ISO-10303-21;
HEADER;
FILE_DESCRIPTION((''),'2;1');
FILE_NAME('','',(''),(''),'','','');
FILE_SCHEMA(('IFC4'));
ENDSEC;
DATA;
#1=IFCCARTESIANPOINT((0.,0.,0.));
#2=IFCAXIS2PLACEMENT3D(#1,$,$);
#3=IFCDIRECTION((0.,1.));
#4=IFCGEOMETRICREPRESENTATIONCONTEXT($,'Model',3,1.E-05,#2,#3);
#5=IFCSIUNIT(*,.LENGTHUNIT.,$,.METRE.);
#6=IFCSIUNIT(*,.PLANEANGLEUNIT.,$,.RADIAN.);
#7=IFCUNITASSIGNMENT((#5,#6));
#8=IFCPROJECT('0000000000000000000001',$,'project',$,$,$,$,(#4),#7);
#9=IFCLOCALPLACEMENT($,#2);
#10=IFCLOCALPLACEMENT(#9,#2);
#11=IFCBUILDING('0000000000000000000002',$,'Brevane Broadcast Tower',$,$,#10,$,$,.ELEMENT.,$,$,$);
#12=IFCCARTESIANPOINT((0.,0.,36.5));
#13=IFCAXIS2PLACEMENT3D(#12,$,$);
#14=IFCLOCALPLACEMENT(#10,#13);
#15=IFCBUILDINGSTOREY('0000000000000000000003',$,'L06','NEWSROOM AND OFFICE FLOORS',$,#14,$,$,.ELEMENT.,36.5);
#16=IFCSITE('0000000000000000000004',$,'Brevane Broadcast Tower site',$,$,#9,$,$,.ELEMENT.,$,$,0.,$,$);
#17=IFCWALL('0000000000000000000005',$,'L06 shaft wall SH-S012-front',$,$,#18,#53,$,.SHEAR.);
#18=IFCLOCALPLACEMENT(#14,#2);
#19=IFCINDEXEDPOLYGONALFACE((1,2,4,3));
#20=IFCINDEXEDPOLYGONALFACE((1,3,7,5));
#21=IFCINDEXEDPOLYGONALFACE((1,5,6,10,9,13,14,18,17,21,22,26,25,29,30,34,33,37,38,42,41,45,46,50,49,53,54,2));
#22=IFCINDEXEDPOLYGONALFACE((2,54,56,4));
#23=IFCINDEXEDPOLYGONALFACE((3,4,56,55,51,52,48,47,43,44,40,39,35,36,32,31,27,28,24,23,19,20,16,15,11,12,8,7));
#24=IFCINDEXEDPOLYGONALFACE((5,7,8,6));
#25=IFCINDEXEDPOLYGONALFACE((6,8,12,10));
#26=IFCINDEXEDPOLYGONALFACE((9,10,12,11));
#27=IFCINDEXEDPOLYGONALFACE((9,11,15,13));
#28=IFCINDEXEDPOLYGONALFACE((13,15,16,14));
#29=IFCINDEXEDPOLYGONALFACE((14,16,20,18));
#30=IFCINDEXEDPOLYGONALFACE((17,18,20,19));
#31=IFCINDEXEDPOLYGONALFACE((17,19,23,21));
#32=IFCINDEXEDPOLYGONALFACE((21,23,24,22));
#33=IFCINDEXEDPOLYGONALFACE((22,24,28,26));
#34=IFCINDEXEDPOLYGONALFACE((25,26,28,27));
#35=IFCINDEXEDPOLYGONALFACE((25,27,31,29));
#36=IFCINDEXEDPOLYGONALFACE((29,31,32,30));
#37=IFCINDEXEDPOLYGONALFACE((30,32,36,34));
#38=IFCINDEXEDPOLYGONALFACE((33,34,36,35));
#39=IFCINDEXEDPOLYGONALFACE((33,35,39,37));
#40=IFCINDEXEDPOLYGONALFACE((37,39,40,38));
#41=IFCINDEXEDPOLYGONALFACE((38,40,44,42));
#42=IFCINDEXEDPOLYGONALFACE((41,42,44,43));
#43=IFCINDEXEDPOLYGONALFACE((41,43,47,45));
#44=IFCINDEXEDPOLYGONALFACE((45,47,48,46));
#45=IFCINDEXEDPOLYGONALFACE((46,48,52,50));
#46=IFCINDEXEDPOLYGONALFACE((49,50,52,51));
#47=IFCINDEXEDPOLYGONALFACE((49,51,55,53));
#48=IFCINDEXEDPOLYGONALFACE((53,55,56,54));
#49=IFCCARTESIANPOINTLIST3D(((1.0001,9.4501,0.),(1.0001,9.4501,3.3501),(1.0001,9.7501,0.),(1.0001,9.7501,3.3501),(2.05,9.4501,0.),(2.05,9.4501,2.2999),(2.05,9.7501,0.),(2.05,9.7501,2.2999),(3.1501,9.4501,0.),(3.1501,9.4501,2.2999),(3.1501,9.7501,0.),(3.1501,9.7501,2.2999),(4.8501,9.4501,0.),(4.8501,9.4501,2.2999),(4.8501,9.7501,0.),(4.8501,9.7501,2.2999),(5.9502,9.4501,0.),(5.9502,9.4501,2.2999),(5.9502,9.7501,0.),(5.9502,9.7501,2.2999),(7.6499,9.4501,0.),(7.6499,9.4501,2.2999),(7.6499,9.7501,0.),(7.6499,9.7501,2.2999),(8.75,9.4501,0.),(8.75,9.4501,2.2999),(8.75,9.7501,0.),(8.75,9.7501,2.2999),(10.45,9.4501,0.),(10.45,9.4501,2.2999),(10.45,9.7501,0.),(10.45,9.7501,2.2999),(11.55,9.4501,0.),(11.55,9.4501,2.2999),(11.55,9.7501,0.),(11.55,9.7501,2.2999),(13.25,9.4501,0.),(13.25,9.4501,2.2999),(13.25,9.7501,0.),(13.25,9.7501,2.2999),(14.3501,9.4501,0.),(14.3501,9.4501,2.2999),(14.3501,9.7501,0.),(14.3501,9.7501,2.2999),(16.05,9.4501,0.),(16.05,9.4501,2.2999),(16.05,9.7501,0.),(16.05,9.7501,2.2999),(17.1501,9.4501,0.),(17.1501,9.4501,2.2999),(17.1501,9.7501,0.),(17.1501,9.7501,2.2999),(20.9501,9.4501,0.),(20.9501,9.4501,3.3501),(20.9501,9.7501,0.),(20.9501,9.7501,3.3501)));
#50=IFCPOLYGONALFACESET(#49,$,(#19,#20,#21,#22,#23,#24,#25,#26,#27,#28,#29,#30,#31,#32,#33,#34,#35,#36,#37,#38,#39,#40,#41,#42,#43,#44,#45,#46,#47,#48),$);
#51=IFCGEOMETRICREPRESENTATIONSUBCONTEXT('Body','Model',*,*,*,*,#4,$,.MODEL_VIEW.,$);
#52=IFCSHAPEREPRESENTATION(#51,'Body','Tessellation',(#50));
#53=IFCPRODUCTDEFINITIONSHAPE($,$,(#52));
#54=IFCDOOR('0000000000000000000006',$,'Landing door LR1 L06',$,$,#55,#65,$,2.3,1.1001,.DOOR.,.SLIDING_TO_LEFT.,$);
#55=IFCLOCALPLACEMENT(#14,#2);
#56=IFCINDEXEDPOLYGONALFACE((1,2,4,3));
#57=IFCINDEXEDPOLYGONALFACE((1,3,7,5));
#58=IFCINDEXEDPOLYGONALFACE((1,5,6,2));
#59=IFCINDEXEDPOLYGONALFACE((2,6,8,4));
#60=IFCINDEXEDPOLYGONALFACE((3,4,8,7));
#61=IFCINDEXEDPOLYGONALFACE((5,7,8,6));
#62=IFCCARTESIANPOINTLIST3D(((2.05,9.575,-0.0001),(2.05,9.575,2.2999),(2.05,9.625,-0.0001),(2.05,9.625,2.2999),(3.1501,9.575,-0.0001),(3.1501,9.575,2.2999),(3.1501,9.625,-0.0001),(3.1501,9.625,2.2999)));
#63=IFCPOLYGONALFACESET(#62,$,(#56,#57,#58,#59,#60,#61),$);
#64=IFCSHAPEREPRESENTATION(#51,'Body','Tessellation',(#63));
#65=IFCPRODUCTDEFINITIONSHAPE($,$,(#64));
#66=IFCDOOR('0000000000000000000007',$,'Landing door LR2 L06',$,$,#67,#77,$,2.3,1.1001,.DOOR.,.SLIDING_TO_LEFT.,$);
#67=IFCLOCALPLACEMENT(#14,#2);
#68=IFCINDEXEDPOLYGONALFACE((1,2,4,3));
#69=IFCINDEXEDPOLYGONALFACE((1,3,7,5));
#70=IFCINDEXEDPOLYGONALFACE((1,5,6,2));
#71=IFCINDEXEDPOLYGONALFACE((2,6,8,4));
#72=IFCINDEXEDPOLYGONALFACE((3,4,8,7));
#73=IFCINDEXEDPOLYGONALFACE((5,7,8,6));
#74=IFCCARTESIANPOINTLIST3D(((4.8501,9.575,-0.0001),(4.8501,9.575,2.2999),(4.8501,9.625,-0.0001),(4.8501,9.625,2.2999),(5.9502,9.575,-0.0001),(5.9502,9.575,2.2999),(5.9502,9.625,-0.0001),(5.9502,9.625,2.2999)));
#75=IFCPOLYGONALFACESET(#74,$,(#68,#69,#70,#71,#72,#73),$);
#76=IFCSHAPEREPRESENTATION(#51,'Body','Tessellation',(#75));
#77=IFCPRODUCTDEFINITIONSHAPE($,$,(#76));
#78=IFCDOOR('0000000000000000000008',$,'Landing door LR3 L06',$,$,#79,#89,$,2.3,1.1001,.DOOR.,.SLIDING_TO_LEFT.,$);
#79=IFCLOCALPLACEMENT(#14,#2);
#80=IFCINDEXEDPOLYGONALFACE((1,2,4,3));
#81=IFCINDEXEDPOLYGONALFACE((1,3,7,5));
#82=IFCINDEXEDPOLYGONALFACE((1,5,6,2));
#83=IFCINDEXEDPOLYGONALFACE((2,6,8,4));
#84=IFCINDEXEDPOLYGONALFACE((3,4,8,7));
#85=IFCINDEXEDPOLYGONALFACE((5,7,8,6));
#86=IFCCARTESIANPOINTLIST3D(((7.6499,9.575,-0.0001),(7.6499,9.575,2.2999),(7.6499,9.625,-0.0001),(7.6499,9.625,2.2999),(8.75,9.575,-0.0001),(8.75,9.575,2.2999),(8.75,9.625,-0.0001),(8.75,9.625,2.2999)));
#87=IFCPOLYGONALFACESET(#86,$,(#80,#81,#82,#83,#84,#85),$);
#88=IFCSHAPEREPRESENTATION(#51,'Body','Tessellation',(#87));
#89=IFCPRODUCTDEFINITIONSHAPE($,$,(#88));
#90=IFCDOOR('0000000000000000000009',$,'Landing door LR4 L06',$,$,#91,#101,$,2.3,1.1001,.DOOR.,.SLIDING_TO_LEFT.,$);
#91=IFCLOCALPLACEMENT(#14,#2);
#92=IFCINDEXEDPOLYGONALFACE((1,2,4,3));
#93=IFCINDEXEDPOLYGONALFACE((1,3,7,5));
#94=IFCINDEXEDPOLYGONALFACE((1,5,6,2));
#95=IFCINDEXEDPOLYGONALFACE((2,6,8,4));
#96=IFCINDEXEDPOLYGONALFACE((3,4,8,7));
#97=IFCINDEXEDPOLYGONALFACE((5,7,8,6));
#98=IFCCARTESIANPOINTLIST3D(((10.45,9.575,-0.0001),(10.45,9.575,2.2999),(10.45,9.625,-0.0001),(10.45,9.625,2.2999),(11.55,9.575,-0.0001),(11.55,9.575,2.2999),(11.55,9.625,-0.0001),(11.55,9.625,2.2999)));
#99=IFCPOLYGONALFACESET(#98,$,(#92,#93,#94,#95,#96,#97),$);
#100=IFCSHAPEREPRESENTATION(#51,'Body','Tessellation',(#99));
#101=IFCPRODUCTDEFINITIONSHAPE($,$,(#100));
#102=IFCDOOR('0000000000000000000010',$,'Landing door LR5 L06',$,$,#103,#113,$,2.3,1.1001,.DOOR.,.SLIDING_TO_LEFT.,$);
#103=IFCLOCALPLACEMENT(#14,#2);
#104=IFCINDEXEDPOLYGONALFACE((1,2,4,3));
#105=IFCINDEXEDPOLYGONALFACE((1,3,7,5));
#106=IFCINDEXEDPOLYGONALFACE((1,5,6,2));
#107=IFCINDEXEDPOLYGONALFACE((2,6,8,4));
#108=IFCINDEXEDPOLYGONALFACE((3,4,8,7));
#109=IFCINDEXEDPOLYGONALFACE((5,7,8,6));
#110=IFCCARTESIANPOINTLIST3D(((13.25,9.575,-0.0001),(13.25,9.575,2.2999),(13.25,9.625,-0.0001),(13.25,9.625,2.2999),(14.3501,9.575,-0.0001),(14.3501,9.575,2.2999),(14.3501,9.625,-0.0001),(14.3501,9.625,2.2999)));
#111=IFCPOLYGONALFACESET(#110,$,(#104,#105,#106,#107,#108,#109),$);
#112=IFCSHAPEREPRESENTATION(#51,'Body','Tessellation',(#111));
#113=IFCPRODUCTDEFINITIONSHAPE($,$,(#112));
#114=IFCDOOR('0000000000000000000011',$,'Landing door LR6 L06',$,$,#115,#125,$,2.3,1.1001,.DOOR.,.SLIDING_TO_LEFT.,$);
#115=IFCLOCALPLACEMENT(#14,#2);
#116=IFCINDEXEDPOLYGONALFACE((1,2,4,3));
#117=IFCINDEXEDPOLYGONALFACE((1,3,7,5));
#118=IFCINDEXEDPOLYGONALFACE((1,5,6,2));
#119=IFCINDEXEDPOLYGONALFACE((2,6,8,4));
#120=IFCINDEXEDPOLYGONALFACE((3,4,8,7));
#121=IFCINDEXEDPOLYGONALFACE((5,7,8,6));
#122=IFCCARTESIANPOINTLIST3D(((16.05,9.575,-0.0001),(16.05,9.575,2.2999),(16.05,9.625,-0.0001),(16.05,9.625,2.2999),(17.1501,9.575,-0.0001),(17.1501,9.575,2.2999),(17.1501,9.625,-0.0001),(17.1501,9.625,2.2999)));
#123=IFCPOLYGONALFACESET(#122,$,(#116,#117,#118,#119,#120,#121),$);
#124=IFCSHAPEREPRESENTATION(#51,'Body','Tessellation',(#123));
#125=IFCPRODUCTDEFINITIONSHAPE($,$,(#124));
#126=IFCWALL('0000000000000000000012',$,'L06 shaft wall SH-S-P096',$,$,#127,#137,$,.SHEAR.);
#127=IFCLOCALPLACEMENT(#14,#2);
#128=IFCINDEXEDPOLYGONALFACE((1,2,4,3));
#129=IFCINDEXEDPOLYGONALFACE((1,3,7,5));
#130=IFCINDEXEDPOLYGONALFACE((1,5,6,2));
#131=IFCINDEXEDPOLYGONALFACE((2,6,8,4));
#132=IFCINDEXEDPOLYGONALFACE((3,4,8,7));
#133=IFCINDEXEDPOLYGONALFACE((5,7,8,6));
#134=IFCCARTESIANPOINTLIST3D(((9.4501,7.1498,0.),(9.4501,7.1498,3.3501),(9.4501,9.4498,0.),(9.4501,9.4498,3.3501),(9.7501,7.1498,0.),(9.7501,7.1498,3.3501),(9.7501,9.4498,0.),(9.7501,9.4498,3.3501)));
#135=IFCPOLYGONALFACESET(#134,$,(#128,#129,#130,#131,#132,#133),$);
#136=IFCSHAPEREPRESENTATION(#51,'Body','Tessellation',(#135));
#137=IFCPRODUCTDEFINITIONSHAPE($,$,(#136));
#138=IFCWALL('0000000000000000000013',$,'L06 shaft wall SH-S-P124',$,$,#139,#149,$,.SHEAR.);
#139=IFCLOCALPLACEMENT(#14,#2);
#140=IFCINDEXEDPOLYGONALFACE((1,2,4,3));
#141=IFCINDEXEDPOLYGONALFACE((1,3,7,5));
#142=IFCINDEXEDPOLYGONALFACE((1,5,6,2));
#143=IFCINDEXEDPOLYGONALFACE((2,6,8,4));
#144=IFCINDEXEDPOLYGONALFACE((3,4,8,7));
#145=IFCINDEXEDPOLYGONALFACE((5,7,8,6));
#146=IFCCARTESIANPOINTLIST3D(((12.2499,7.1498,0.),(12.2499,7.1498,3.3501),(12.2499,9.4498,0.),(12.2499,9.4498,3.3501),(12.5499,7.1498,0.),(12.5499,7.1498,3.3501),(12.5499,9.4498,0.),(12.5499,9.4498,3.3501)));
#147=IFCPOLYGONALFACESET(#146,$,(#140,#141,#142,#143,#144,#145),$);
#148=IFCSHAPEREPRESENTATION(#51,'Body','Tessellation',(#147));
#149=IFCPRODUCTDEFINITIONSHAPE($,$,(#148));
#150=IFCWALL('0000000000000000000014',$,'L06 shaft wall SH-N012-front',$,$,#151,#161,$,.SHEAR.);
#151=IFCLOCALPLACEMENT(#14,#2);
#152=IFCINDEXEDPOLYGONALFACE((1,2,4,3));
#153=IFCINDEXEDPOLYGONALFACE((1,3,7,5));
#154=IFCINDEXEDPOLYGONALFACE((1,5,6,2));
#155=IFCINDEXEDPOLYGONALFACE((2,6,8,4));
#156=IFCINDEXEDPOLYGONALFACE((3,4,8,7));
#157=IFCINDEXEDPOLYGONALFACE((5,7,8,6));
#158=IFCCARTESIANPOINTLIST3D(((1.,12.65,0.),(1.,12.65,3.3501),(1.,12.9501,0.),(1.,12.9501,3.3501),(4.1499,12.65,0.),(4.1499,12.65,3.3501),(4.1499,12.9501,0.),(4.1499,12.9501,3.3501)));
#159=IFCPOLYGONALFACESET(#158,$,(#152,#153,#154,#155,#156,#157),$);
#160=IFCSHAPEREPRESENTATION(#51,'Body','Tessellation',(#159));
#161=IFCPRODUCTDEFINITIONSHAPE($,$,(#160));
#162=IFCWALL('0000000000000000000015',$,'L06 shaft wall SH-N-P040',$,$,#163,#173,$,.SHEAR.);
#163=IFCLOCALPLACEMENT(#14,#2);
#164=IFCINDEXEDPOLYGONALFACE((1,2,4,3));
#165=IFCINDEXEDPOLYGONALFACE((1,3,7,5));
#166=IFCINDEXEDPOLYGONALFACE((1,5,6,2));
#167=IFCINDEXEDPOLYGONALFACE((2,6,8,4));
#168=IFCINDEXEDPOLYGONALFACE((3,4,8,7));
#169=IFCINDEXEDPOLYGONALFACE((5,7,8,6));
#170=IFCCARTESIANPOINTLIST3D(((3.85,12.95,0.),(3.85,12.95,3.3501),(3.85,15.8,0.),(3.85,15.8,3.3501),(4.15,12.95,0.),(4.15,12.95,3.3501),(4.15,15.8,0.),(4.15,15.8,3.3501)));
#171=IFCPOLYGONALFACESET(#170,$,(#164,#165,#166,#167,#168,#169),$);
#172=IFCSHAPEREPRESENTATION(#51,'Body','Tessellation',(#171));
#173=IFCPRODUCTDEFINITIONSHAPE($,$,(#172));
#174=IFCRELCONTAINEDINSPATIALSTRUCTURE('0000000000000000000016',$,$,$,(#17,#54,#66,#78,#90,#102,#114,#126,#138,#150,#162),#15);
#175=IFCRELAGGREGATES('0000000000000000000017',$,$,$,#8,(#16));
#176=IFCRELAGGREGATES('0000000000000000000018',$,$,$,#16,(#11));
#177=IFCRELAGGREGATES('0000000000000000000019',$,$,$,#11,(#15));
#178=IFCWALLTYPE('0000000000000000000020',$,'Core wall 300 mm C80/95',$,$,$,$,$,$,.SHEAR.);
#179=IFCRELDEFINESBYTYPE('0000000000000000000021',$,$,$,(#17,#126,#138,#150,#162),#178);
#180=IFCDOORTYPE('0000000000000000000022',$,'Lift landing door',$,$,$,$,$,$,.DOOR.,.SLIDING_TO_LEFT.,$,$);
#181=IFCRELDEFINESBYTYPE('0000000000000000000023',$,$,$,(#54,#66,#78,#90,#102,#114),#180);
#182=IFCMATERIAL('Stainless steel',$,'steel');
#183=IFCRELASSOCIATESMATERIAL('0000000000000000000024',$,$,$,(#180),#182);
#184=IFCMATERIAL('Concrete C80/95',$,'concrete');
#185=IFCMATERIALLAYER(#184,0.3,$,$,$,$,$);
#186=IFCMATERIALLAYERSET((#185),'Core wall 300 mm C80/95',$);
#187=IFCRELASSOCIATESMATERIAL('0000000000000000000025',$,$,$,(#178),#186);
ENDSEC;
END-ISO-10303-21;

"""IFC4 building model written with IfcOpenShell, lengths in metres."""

from ifc_helpers import new_model, si_unit, direction, frame, frame_2d, origin, place, context, subcontext, project, spatial, rectangle, extrude, material, layer, layer_set, type_object, element, fill, save


model = new_model("IFC4")

# Units and contexts
model_context = context("Model", 3, precision=1e-05, world=origin(), true_north=direction((0.0, 1.0)))
body_context = subcontext(model_context, "Body", "Model", "MODEL_VIEW")
ifc_project = project(units=[si_unit("LENGTHUNIT", "METRE"), si_unit("PLANEANGLEUNIT", "RADIAN")], contexts=[model_context])

# Site, building, storey
site_placement = place(None, origin())
site = spatial("IfcSite", under=ifc_project, at=site_placement, Name="Brevane Broadcast Tower site", CompositionType="ELEMENT", RefElevation=0.0)
building_placement = place(site_placement, origin())
building = spatial("IfcBuilding", under=site, at=building_placement, Name="Brevane Broadcast Tower", CompositionType="ELEMENT")
storey_placement = place(building_placement, frame((0.0, 0.0, 36.5)))
storey = spatial("IfcBuildingStorey", under=building, at=storey_placement, Name="L06", Description="NEWSROOM AND OFFICE FLOORS", CompositionType="ELEMENT", Elevation=36.5)

# Shared definitions
ifc_material_1 = material(Name="Concrete C80/95", Category="concrete")
ifc_material_2 = material(Name="Stainless steel", Category="steel")
door_type_1 = type_object("IfcDoorType", Name="Lift landing door", OperationType="SLIDING_TO_LEFT", PredefinedType="DOOR", material=ifc_material_2)

# Wall, openings, doors
ifc_layer_1 = layer(ifc_material_1, 0.3)
ifc_layer_set_1 = layer_set([ifc_layer_1], Name="Core wall 300 mm C80/95")
wall_type_1 = type_object("IfcWallType", Name="Core wall 300 mm C80/95", PredefinedType="SHEAR", material=ifc_layer_set_1)
wall_1_placement = place(storey_placement, frame((1.0, 9.6001, 0.0), z_axis=(0.0, 0.0, 1.0), x_axis=(1.0, 0.0, 0.0)))
wall_1 = element("IfcWall", 1, at=wall_1_placement, inside=storey, type_object=wall_type_1, Name="L06 shaft wall SH-S012-front", PredefinedType="SHEAR", context=body_context, shape_type="SweptSolid", body=[
    extrude(rectangle(XDim=19.95, YDim=0.3, at=frame_2d((9.9751, 0.0))), origin(), (0.0, 0.0, 1.0), 3.3501),
])
opening_1_placement = place(wall_1_placement, frame((1.05, 0.0, 0.0)))
opening_1 = element("IfcOpeningElement", 2, at=opening_1_placement, cuts=wall_1, PredefinedType="OPENING", context=body_context, shape_type="SweptSolid", body=[
    extrude(rectangle(XDim=1.1001, YDim=2.3, at=frame_2d((0.55, 1.1499))), frame((0.0, 0.1599, 0.0), z_axis=(0.0, -1.0, 0.0), x_axis=(1.0, 0.0, 0.0)), (0.0, 0.0, 1.0), 0.3201),
])
opening_2_placement = place(wall_1_placement, frame((3.8501, 0.0, 0.0)))
opening_2 = element("IfcOpeningElement", 3, at=opening_2_placement, cuts=wall_1, PredefinedType="OPENING", context=body_context, shape_type="SweptSolid", body=[
    extrude(rectangle(XDim=1.1001, YDim=2.3, at=frame_2d((0.55, 1.1499))), frame((0.0, 0.1599, 0.0), z_axis=(0.0, -1.0, 0.0), x_axis=(1.0, 0.0, 0.0)), (0.0, 0.0, 1.0), 0.3201),
])
opening_3_placement = place(wall_1_placement, frame((6.6499, 0.0, 0.0)))
opening_3 = element("IfcOpeningElement", 4, at=opening_3_placement, cuts=wall_1, PredefinedType="OPENING", context=body_context, shape_type="SweptSolid", body=[
    extrude(rectangle(XDim=1.1001, YDim=2.3, at=frame_2d((0.55, 1.1499))), frame((0.0, 0.1599, 0.0), z_axis=(0.0, -1.0, 0.0), x_axis=(1.0, 0.0, 0.0)), (0.0, 0.0, 1.0), 0.3201),
])
opening_4_placement = place(wall_1_placement, frame((9.45, 0.0, 0.0)))
opening_4 = element("IfcOpeningElement", 5, at=opening_4_placement, cuts=wall_1, PredefinedType="OPENING", context=body_context, shape_type="SweptSolid", body=[
    extrude(rectangle(XDim=1.1001, YDim=2.3, at=frame_2d((0.55, 1.1499))), frame((0.0, 0.1599, 0.0), z_axis=(0.0, -1.0, 0.0), x_axis=(1.0, 0.0, 0.0)), (0.0, 0.0, 1.0), 0.3201),
])
opening_5_placement = place(wall_1_placement, frame((12.25, 0.0, 0.0)))
opening_5 = element("IfcOpeningElement", 6, at=opening_5_placement, cuts=wall_1, PredefinedType="OPENING", context=body_context, shape_type="SweptSolid", body=[
    extrude(rectangle(XDim=1.1001, YDim=2.3, at=frame_2d((0.55, 1.1499))), frame((0.0, 0.1599, 0.0), z_axis=(0.0, -1.0, 0.0), x_axis=(1.0, 0.0, 0.0)), (0.0, 0.0, 1.0), 0.3201),
])
opening_6_placement = place(wall_1_placement, frame((15.05, 0.0, 0.0)))
opening_6 = element("IfcOpeningElement", 7, at=opening_6_placement, cuts=wall_1, PredefinedType="OPENING", context=body_context, shape_type="SweptSolid", body=[
    extrude(rectangle(XDim=1.1001, YDim=2.3, at=frame_2d((0.55, 1.1499))), frame((0.0, 0.1599, 0.0), z_axis=(0.0, -1.0, 0.0), x_axis=(1.0, 0.0, 0.0)), (0.0, 0.0, 1.0), 0.3201),
])
door_1_placement = place(opening_1_placement, origin())
door_1 = element("IfcDoor", 8, at=door_1_placement, inside=storey, type_object=door_type_1, Name="Landing door LR1 L06", OperationType="SLIDING_TO_LEFT", OverallHeight=2.3, OverallWidth=1.1001, PredefinedType="DOOR", context=body_context, shape_type="SweptSolid", body=[
    extrude(rectangle(XDim=1.1001, YDim=2.3, at=frame_2d((0.55, 1.1499))), frame((0.0, 0.0249, 0.0), z_axis=(0.0, -1.0, 0.0), x_axis=(1.0, 0.0, 0.0)), (0.0, 0.0, 1.0), 0.05),
])
fill(opening_1, door_1)
door_2_placement = place(opening_2_placement, origin())
door_2 = element("IfcDoor", 9, at=door_2_placement, inside=storey, type_object=door_type_1, Name="Landing door LR2 L06", OperationType="SLIDING_TO_LEFT", OverallHeight=2.3, OverallWidth=1.1001, PredefinedType="DOOR", context=body_context, shape_type="SweptSolid", body=[
    extrude(rectangle(XDim=1.1001, YDim=2.3, at=frame_2d((0.55, 1.1499))), frame((0.0, 0.0249, 0.0), z_axis=(0.0, -1.0, 0.0), x_axis=(1.0, 0.0, 0.0)), (0.0, 0.0, 1.0), 0.05),
])
fill(opening_2, door_2)
door_3_placement = place(opening_3_placement, origin())
door_3 = element("IfcDoor", 10, at=door_3_placement, inside=storey, type_object=door_type_1, Name="Landing door LR3 L06", OperationType="SLIDING_TO_LEFT", OverallHeight=2.3, OverallWidth=1.1001, PredefinedType="DOOR", context=body_context, shape_type="SweptSolid", body=[
    extrude(rectangle(XDim=1.1001, YDim=2.3, at=frame_2d((0.55, 1.1499))), frame((0.0, 0.0249, 0.0), z_axis=(0.0, -1.0, 0.0), x_axis=(1.0, 0.0, 0.0)), (0.0, 0.0, 1.0), 0.05),
])
fill(opening_3, door_3)
door_4_placement = place(opening_4_placement, origin())
door_4 = element("IfcDoor", 11, at=door_4_placement, inside=storey, type_object=door_type_1, Name="Landing door LR4 L06", OperationType="SLIDING_TO_LEFT", OverallHeight=2.3, OverallWidth=1.1001, PredefinedType="DOOR", context=body_context, shape_type="SweptSolid", body=[
    extrude(rectangle(XDim=1.1001, YDim=2.3, at=frame_2d((0.55, 1.1499))), frame((0.0, 0.0249, 0.0), z_axis=(0.0, -1.0, 0.0), x_axis=(1.0, 0.0, 0.0)), (0.0, 0.0, 1.0), 0.05),
])
fill(opening_4, door_4)
door_5_placement = place(opening_5_placement, origin())
door_5 = element("IfcDoor", 12, at=door_5_placement, inside=storey, type_object=door_type_1, Name="Landing door LR5 L06", OperationType="SLIDING_TO_LEFT", OverallHeight=2.3, OverallWidth=1.1001, PredefinedType="DOOR", context=body_context, shape_type="SweptSolid", body=[
    extrude(rectangle(XDim=1.1001, YDim=2.3, at=frame_2d((0.55, 1.1499))), frame((0.0, 0.0249, 0.0), z_axis=(0.0, -1.0, 0.0), x_axis=(1.0, 0.0, 0.0)), (0.0, 0.0, 1.0), 0.05),
])
fill(opening_5, door_5)
door_6_placement = place(opening_6_placement, origin())
door_6 = element("IfcDoor", 13, at=door_6_placement, inside=storey, type_object=door_type_1, Name="Landing door LR6 L06", OperationType="SLIDING_TO_LEFT", OverallHeight=2.3, OverallWidth=1.1001, PredefinedType="DOOR", context=body_context, shape_type="SweptSolid", body=[
    extrude(rectangle(XDim=1.1001, YDim=2.3, at=frame_2d((0.55, 1.1499))), frame((0.0, 0.0249, 0.0), z_axis=(0.0, -1.0, 0.0), x_axis=(1.0, 0.0, 0.0)), (0.0, 0.0, 1.0), 0.05),
])
fill(opening_6, door_6)

# Walls
for number, where, z_axis, x_axis, name in (
    (14, (9.6001, 7.1499, 0.0), (0.0, 0.0, 1.0), (0.0, 1.0, 0.0), "L06 shaft wall SH-S-P096"),
    (15, (12.3999, 7.1499, 0.0), (0.0, 0.0, 1.0), (0.0, 1.0, 0.0), "L06 shaft wall SH-S-P124"),
):
    element("IfcWall", number, at=place(storey_placement, frame(where, z_axis=z_axis, x_axis=x_axis)), inside=storey, type_object=wall_type_1, Name=name, PredefinedType="SHEAR", context=body_context, shape_type="SweptSolid", body=[
        extrude(rectangle(XDim=2.3, YDim=0.3, at=frame_2d((1.1499, 0.0))), origin(), (0.0, 0.0, 1.0), 3.3501),
    ])
wall_2_placement = place(storey_placement, frame((1.0, 12.8, 0.0), z_axis=(0.0, 0.0, 1.0), x_axis=(1.0, 0.0, 0.0)))
element("IfcWall", 16, at=wall_2_placement, inside=storey, type_object=wall_type_1, Name="L06 shaft wall SH-N012-front", PredefinedType="SHEAR", context=body_context, shape_type="SweptSolid", body=[
    extrude(rectangle(XDim=3.1499, YDim=0.3, at=frame_2d((1.575, 0.0))), origin(), (0.0, 0.0, 1.0), 3.3501),
])
wall_3_placement = place(storey_placement, frame((4.0, 12.95, 0.0), z_axis=(0.0, 0.0, 1.0), x_axis=(0.0, 1.0, 0.0)))
element("IfcWall", 17, at=wall_3_placement, inside=storey, type_object=wall_type_1, Name="L06 shaft wall SH-N-P040", PredefinedType="SHEAR", context=body_context, shape_type="SweptSolid", body=[
    extrude(rectangle(XDim=2.8501, YDim=0.3, at=frame_2d((1.425, 0.0))), origin(), (0.0, 0.0, 1.0), 3.3501),
])

save(model, "model.ifc")
